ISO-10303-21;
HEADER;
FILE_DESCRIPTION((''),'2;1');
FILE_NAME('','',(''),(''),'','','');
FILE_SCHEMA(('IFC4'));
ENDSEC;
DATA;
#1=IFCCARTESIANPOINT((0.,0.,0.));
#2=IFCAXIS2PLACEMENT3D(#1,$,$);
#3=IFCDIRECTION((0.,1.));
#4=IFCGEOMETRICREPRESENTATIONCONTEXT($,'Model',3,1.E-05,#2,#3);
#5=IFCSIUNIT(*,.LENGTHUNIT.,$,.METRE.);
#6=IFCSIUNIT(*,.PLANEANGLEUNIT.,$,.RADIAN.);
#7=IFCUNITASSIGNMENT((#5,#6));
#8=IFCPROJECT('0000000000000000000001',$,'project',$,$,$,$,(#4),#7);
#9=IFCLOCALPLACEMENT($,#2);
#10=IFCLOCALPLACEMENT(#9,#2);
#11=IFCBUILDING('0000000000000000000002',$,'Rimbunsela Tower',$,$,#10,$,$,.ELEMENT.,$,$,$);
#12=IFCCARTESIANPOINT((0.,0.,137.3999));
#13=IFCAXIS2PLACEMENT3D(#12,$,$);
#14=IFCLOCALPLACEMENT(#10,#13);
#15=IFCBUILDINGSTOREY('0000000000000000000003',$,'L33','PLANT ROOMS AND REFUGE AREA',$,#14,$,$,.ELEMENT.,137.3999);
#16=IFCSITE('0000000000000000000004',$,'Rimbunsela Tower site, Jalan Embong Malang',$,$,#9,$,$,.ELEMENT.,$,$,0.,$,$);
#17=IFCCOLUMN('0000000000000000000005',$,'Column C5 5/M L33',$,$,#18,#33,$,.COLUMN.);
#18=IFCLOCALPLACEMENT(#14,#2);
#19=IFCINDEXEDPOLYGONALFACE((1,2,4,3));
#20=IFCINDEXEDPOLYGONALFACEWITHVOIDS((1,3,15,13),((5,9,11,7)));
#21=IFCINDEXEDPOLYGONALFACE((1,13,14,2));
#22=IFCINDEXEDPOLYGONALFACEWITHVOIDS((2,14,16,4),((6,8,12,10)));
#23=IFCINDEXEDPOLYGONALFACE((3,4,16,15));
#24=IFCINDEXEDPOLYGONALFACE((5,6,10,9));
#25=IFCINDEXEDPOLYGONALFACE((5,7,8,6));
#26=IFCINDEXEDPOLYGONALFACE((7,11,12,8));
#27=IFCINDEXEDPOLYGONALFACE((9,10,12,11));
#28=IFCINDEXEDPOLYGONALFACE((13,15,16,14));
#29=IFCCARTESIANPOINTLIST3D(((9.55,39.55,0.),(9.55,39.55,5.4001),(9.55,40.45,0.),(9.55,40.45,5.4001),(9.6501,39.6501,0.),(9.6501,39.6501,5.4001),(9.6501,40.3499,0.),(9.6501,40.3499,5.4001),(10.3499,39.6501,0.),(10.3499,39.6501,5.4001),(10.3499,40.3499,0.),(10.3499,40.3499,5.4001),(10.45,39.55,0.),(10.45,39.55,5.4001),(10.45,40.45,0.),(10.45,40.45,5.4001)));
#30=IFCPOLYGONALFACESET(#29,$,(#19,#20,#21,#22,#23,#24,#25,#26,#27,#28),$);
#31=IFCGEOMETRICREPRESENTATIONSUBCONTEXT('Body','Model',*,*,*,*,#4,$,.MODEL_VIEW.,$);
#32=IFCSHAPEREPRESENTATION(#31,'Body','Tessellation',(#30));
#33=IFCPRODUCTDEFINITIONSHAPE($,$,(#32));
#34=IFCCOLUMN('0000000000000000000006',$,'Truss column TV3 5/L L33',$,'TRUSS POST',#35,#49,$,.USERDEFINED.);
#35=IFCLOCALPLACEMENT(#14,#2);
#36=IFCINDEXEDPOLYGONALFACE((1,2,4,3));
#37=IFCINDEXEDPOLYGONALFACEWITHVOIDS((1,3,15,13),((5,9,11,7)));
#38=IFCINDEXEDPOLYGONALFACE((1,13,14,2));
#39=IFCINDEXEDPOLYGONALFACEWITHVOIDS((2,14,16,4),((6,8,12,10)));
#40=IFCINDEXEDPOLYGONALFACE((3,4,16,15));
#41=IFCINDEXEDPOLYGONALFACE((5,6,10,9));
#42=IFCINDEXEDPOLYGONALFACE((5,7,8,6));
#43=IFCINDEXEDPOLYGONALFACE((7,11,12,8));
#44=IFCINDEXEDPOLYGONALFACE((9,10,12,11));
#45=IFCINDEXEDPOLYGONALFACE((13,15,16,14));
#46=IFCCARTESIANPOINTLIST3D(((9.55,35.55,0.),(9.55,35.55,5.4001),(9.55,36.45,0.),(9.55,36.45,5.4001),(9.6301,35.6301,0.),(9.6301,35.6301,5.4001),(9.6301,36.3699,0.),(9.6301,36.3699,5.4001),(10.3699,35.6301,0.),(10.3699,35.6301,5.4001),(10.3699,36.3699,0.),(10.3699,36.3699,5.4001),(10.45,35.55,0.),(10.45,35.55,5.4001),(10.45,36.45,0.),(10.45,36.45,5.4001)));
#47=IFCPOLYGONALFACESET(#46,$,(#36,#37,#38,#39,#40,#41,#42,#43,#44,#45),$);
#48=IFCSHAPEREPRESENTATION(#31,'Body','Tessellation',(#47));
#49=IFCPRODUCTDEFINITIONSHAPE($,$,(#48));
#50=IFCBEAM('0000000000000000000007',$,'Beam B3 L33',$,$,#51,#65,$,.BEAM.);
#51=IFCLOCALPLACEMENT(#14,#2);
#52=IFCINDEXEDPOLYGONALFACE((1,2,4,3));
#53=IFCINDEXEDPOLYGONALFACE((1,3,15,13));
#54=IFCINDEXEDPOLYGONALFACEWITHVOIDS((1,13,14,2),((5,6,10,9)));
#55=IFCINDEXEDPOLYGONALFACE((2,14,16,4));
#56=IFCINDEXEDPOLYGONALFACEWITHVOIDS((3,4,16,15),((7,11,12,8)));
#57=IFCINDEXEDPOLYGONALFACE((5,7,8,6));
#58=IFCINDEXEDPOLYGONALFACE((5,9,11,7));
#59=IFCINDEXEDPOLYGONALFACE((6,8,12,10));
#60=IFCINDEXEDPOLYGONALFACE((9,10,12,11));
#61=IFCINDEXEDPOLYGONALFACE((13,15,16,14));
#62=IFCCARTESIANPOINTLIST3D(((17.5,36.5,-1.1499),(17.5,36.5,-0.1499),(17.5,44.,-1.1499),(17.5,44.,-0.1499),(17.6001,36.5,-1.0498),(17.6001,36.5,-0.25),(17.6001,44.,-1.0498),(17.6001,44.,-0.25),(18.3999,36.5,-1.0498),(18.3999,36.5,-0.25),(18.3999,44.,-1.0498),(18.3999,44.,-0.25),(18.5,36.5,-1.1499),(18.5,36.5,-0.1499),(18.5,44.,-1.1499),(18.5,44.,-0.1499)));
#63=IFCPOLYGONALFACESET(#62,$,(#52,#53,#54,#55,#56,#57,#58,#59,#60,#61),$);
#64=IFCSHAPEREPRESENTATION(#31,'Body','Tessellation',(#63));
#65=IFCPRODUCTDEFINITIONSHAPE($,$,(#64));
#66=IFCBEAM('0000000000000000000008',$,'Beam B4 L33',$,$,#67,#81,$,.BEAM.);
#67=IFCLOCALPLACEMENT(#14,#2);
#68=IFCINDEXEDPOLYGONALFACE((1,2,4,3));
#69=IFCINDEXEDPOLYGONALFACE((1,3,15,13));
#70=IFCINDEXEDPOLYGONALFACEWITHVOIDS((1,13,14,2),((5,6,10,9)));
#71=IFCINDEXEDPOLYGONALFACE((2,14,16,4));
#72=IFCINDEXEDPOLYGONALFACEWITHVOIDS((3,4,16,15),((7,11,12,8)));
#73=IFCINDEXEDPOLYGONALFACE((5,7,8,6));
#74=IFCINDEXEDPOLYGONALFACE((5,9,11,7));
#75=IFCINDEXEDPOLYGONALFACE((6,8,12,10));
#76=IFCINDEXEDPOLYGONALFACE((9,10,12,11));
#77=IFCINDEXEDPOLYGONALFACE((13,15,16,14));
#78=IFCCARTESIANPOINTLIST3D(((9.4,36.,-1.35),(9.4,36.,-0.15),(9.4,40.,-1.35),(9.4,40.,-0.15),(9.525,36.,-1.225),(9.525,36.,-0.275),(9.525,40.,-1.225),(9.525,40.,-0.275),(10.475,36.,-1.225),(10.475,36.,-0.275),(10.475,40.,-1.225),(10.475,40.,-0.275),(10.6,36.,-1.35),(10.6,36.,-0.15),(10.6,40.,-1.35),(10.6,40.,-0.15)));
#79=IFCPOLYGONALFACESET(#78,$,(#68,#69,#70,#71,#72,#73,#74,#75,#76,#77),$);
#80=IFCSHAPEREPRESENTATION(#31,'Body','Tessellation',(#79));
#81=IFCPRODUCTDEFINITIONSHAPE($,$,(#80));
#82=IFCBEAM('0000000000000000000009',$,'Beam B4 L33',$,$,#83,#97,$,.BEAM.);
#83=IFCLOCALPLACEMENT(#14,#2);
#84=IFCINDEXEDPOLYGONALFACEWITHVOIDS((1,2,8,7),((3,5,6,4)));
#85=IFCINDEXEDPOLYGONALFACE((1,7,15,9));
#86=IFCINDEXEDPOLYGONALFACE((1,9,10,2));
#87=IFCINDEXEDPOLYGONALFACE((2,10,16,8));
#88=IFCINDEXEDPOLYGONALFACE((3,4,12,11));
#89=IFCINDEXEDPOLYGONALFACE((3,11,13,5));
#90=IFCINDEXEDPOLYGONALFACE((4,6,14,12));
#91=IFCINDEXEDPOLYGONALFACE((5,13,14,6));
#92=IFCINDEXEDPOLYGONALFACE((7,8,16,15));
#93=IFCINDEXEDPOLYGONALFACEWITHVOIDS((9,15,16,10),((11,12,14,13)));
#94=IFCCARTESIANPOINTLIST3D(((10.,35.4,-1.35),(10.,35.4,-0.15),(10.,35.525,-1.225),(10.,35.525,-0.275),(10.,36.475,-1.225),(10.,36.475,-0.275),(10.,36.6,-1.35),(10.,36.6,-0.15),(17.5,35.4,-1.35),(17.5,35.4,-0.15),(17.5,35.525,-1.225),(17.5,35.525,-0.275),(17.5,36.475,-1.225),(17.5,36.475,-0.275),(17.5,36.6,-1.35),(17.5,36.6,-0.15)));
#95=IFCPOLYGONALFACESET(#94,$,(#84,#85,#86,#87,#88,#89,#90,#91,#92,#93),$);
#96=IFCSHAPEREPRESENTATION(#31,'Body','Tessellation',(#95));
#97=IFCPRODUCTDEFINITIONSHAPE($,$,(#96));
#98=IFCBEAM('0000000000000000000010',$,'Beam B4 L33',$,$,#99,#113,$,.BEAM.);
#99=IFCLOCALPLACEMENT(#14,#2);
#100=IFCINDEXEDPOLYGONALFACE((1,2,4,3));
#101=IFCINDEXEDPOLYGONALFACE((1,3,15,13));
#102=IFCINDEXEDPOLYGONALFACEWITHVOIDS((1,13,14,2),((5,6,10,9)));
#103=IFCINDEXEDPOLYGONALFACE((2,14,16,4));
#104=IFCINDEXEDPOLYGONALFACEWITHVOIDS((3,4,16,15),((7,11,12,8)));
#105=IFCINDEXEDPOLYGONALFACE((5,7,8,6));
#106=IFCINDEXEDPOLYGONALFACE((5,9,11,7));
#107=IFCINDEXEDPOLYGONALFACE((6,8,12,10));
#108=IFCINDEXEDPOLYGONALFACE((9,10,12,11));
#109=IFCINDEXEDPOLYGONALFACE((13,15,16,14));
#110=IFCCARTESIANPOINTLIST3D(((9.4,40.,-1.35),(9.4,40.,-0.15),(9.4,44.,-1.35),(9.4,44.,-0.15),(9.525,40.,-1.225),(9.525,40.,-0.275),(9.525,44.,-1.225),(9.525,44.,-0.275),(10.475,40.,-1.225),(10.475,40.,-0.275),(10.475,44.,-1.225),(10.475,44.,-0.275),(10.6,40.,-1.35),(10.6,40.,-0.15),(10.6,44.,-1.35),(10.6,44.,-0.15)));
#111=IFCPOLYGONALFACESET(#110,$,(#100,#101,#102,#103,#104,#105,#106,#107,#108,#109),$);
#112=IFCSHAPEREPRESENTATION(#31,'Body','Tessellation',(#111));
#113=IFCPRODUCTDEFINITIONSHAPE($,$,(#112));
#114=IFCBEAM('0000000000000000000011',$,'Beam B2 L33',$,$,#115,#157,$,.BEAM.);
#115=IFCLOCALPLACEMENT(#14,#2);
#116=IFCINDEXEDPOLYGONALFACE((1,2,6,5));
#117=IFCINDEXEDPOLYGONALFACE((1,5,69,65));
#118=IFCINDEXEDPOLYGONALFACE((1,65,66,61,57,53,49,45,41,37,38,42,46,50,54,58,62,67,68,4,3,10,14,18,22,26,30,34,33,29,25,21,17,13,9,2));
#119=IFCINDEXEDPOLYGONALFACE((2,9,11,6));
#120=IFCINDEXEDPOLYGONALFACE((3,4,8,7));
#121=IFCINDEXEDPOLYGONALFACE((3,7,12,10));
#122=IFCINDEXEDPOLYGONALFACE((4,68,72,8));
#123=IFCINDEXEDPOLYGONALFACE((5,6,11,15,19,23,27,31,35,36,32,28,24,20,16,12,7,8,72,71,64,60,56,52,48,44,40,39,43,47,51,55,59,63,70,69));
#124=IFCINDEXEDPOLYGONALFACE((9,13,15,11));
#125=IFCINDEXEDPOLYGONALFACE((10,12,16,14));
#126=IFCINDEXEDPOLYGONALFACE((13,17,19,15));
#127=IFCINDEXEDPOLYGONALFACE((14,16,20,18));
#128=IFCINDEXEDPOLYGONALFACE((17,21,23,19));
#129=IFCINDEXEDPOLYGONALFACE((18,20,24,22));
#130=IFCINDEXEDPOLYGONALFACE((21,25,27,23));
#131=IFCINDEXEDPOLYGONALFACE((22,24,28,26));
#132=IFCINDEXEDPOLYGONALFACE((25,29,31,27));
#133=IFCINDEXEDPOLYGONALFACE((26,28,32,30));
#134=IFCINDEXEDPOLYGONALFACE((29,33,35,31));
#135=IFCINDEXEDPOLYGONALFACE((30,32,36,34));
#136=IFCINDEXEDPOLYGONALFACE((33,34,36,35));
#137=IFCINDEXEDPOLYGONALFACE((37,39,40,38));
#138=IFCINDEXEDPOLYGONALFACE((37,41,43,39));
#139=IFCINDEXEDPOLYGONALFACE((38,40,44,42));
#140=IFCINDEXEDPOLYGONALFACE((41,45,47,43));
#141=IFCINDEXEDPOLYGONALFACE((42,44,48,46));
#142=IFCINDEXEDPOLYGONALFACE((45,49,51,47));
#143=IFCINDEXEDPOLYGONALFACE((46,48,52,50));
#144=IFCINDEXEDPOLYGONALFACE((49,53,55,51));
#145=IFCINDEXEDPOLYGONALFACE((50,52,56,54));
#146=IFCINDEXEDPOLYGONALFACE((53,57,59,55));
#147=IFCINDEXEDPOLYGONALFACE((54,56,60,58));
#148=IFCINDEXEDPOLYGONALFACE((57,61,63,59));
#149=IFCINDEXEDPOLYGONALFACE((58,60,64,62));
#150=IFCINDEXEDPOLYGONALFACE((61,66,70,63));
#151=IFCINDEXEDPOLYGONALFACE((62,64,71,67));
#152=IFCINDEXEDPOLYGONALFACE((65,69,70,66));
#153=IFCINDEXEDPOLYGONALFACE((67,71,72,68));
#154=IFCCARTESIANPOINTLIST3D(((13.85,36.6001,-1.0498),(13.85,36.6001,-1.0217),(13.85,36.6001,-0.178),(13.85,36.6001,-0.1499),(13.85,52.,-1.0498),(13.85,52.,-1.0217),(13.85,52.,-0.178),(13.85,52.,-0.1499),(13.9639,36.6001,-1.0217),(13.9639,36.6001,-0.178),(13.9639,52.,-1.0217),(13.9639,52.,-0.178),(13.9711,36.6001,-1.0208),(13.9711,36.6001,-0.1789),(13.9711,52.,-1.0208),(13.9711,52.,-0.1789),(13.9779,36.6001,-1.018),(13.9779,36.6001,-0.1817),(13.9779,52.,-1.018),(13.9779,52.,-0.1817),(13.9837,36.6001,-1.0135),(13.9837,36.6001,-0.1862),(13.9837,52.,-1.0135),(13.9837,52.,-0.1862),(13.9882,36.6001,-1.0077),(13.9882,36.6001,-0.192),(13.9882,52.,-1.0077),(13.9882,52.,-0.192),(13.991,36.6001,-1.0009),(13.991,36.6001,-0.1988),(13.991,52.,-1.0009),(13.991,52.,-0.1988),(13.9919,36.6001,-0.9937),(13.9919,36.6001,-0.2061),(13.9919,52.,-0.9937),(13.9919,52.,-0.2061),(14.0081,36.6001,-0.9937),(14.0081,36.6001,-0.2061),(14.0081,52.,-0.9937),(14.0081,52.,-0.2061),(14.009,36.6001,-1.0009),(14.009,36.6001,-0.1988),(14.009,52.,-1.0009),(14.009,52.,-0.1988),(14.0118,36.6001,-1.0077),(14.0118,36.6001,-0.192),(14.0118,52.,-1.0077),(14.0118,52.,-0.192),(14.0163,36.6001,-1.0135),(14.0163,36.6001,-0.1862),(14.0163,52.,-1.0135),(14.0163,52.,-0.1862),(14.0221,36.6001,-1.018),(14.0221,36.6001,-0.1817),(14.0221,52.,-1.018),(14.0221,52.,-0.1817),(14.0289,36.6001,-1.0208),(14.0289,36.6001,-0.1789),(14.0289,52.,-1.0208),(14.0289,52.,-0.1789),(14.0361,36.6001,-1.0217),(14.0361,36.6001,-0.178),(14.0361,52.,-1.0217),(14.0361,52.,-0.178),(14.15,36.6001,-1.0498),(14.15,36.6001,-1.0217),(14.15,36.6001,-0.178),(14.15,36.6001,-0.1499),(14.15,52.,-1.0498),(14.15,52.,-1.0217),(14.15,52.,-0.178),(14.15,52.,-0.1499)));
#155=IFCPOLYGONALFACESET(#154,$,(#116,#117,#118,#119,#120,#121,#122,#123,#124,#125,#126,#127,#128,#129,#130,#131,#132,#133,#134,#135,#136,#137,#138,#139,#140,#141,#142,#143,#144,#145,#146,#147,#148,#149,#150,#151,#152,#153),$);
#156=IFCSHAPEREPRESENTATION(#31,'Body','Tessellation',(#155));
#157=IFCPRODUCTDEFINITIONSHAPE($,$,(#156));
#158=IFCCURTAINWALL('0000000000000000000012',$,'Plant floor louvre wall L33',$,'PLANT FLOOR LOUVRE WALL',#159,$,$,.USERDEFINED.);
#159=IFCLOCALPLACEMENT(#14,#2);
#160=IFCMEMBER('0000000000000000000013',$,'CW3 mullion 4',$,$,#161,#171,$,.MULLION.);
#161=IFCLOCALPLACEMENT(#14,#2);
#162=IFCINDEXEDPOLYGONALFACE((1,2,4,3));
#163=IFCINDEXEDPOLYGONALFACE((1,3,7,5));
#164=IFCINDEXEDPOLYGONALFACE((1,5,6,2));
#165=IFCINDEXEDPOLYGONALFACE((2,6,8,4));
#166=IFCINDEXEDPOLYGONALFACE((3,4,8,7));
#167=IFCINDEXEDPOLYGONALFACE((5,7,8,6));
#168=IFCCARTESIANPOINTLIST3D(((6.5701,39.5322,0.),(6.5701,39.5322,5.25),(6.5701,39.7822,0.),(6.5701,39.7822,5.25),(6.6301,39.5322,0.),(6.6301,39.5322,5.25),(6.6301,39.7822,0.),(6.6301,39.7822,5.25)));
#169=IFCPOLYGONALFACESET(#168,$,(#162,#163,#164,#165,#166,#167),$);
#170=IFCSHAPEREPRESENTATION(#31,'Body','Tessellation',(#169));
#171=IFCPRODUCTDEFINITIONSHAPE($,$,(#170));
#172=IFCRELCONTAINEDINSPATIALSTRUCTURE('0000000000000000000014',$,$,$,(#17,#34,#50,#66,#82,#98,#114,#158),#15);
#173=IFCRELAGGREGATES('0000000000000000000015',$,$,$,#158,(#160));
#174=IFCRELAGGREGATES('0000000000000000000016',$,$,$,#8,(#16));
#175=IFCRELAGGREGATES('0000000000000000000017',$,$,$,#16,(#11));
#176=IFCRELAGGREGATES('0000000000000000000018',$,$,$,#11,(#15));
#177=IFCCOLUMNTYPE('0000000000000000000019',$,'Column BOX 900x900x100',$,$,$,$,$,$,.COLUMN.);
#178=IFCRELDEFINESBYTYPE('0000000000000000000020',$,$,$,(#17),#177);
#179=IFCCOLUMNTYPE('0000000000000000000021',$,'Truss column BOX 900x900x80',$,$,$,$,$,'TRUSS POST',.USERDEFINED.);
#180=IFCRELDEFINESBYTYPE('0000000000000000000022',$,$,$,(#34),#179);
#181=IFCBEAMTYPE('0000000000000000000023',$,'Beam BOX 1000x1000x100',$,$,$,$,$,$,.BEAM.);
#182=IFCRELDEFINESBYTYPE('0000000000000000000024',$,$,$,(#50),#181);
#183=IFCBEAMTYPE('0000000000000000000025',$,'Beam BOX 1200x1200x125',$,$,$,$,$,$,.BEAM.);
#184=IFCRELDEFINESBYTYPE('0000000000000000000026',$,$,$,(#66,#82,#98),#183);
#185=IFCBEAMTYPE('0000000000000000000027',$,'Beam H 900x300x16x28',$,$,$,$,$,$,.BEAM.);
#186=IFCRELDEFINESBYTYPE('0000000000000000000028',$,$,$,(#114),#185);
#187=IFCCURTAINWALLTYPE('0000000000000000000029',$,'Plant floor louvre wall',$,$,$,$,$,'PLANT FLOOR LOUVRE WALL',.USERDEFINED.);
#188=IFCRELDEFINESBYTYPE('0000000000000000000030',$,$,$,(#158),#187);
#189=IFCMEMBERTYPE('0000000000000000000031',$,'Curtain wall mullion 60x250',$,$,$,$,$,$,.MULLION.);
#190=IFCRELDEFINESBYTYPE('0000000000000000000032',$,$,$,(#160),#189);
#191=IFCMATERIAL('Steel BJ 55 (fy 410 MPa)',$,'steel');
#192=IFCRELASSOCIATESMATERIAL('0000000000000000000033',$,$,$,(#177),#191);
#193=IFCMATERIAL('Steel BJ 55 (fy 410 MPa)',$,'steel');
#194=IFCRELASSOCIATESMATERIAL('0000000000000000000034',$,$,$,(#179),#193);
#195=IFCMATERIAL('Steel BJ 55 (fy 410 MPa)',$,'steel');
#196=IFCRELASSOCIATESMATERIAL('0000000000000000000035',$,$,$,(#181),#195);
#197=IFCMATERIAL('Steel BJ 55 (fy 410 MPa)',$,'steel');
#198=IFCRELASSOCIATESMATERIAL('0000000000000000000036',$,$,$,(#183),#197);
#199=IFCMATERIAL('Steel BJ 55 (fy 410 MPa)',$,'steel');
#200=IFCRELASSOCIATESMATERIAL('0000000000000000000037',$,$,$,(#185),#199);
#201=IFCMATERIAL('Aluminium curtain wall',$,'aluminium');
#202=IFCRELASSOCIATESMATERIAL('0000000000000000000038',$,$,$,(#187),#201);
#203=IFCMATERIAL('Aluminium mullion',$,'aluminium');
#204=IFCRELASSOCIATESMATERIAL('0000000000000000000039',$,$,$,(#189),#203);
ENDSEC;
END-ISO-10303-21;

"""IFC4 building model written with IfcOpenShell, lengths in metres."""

from ifc_helpers import new_model, si_unit, direction, frame, origin, origin_2d, place, context, subcontext, project, spatial, rectangle, hollow_rectangle, i_section, extrude, material, material_profile, profile_set, type_object, element, aggregate, save


model = new_model("IFC4")

# Units and contexts
model_context = context("Model", 3, precision=1e-05, world=origin(), true_north=direction((0.0, 1.0)))
body_context = subcontext(model_context, "Body", "Model", "MODEL_VIEW")
ifc_project = project(units=[si_unit("LENGTHUNIT", "METRE"), si_unit("PLANEANGLEUNIT", "RADIAN")], contexts=[model_context])

# Site, building, storey
site_placement = place(None, origin())
site = spatial("IfcSite", under=ifc_project, at=site_placement, Name="Rimbunsela Tower site, Jalan Embong Malang", CompositionType="ELEMENT", RefElevation=0.0)
building_placement = place(site_placement, origin())
building = spatial("IfcBuilding", under=site, at=building_placement, Name="Rimbunsela Tower", CompositionType="ELEMENT")
storey_placement = place(building_placement, frame((0.0, 0.0, 137.3999)))
storey = spatial("IfcBuildingStorey", under=building, at=storey_placement, Name="L33", Description="PLANT ROOMS AND REFUGE AREA", CompositionType="ELEMENT", Elevation=137.3999)

# Columns
ifc_material_1 = material(Name="Steel BJ 55 (fy 410 MPa)", Category="steel")
ifc_material_profile_1 = material_profile(ifc_material_1, hollow_rectangle(XDim=0.8999, YDim=0.8999, WallThickness=0.1001, at=origin_2d()), Name="BOX 900x900x100")
ifc_profile_set_1 = profile_set([ifc_material_profile_1], Name="Steel BJ 55 (fy 410 MPa)")
column_type_1 = type_object("IfcColumnType", Name="Column BOX 900x900x100", PredefinedType="COLUMN", material=ifc_profile_set_1)
column_1_placement = place(storey_placement, frame((10.0, 40.0, 0.0), z_axis=(0.0, 0.0, 1.0), x_axis=(1.0, 0.0, 0.0)))
element("IfcColumn", 1, at=column_1_placement, inside=storey, type_object=column_type_1, Name="Column C5 5/M L33", PredefinedType="COLUMN", context=body_context, shape_type="SweptSolid", body=[
    extrude(hollow_rectangle(XDim=0.8999, YDim=0.8999, WallThickness=0.1001, at=origin_2d()), origin(), (0.0, 0.0, 1.0), 5.4001),
])
ifc_material_2 = material(Name="Steel BJ 55 (fy 410 MPa)", Category="steel")
ifc_material_profile_2 = material_profile(ifc_material_2, hollow_rectangle(XDim=0.8999, YDim=0.8999, WallThickness=0.0801, at=origin_2d()), Name="BOX 900x900x80")
ifc_profile_set_2 = profile_set([ifc_material_profile_2], Name="Steel BJ 55 (fy 410 MPa)")
column_type_2 = type_object("IfcColumnType", Name="Truss column BOX 900x900x80", ElementType="TRUSS POST", PredefinedType="USERDEFINED", material=ifc_profile_set_2)
column_2_placement = place(storey_placement, frame((10.0, 36.0, 0.0), z_axis=(0.0, 0.0, 1.0), x_axis=(1.0, 0.0, 0.0)))
element("IfcColumn", 2, at=column_2_placement, inside=storey, type_object=column_type_2, Name="Truss column TV3 5/L L33", ObjectType="TRUSS POST", PredefinedType="USERDEFINED", context=body_context, shape_type="SweptSolid", body=[
    extrude(hollow_rectangle(XDim=0.8999, YDim=0.8999, WallThickness=0.0801, at=origin_2d()), origin(), (0.0, 0.0, 1.0), 5.4001),
])

# Beams
ifc_material_3 = material(Name="Steel BJ 55 (fy 410 MPa)", Category="steel")
ifc_material_profile_3 = material_profile(ifc_material_3, hollow_rectangle(XDim=1.0, YDim=1.0, WallThickness=0.1001, at=origin_2d()), Name="BOX 1000x1000x100")
ifc_profile_set_3 = profile_set([ifc_material_profile_3], Name="Steel BJ 55 (fy 410 MPa)")
beam_type_1 = type_object("IfcBeamType", Name="Beam BOX 1000x1000x100", PredefinedType="BEAM", material=ifc_profile_set_3)
beam_1_placement = place(storey_placement, frame((18.0, 36.5, -0.6499), z_axis=(0.0, 1.0, 0.0), x_axis=(-1.0, 0.0, 0.0)))
element("IfcBeam", 3, at=beam_1_placement, inside=storey, type_object=beam_type_1, Name="Beam B3 L33", PredefinedType="BEAM", context=body_context, shape_type="SweptSolid", body=[
    extrude(hollow_rectangle(XDim=1.0, YDim=1.0, WallThickness=0.1001, at=origin_2d()), origin(), (0.0, 0.0, 1.0), 7.5),
])
ifc_material_4 = material(Name="Steel BJ 55 (fy 410 MPa)", Category="steel")
ifc_material_profile_4 = material_profile(ifc_material_4, hollow_rectangle(XDim=1.2, YDim=1.2, WallThickness=0.125, at=origin_2d()), Name="BOX 1200x1200x125")
ifc_profile_set_4 = profile_set([ifc_material_profile_4], Name="Steel BJ 55 (fy 410 MPa)")
beam_type_2 = type_object("IfcBeamType", Name="Beam BOX 1200x1200x125", PredefinedType="BEAM", material=ifc_profile_set_4)
beam_2_placement = place(storey_placement, frame((10.0, 36.0, -0.75), z_axis=(0.0, 1.0, 0.0), x_axis=(-1.0, 0.0, 0.0)))
element("IfcBeam", 4, at=beam_2_placement, inside=storey, type_object=beam_type_2, Name="Beam B4 L33", PredefinedType="BEAM", context=body_context, shape_type="SweptSolid", body=[
    extrude(hollow_rectangle(XDim=1.2, YDim=1.2, WallThickness=0.125, at=origin_2d()), origin(), (0.0, 0.0, 1.0), 4.0),
])
beam_3_placement = place(storey_placement, frame((10.0, 36.0, -0.75), z_axis=(1.0, 0.0, 0.0), x_axis=(0.0, 1.0, 0.0)))
element("IfcBeam", 5, at=beam_3_placement, inside=storey, type_object=beam_type_2, Name="Beam B4 L33", PredefinedType="BEAM", context=body_context, shape_type="SweptSolid", body=[
    extrude(hollow_rectangle(XDim=1.2, YDim=1.2, WallThickness=0.125, at=origin_2d()), origin(), (0.0, 0.0, 1.0), 7.5),
])
beam_4_placement = place(storey_placement, frame((10.0, 40.0, -0.75), z_axis=(0.0, 1.0, 0.0), x_axis=(-1.0, 0.0, 0.0)))
element("IfcBeam", 6, at=beam_4_placement, inside=storey, type_object=beam_type_2, Name="Beam B4 L33", PredefinedType="BEAM", context=body_context, shape_type="SweptSolid", body=[
    extrude(hollow_rectangle(XDim=1.2, YDim=1.2, WallThickness=0.125, at=origin_2d()), origin(), (0.0, 0.0, 1.0), 4.0),
])
ifc_material_5 = material(Name="Steel BJ 55 (fy 410 MPa)", Category="steel")
ifc_material_profile_5 = material_profile(ifc_material_5, i_section(OverallWidth=0.3, OverallDepth=0.8999, WebThickness=0.0161, FlangeThickness=0.0281, FilletRadius=0.0281, at=origin_2d()), Name="H 900x300x16x28")
ifc_profile_set_5 = profile_set([ifc_material_profile_5], Name="Steel BJ 55 (fy 410 MPa)")
beam_type_3 = type_object("IfcBeamType", Name="Beam H 900x300x16x28", PredefinedType="BEAM", material=ifc_profile_set_5)
beam_5_placement = place(storey_placement, frame((14.0, 36.6001, -0.5999), z_axis=(0.0, 1.0, 0.0), x_axis=(-1.0, 0.0, 0.0)))
element("IfcBeam", 7, at=beam_5_placement, inside=storey, type_object=beam_type_3, Name="Beam B2 L33", PredefinedType="BEAM", context=body_context, shape_type="SweptSolid", body=[
    extrude(i_section(OverallWidth=0.3, OverallDepth=0.8999, WebThickness=0.0161, FlangeThickness=0.0281, FilletRadius=0.0281, at=origin_2d()), origin(), (0.0, 0.0, 1.0), 15.3999),
])

# Curtain wall, member
ifc_material_6 = material(Name="Aluminium curtain wall", Category="aluminium")
curtain_wall_type = type_object("IfcCurtainWallType", Name="Plant floor louvre wall", ElementType="PLANT FLOOR LOUVRE WALL", PredefinedType="USERDEFINED", material=ifc_material_6)
curtain_wall_placement = place(storey_placement, origin())
curtain_wall = element("IfcCurtainWall", 8, at=curtain_wall_placement, inside=storey, type_object=curtain_wall_type, Name="Plant floor louvre wall L33", ObjectType="PLANT FLOOR LOUVRE WALL", PredefinedType="USERDEFINED")
ifc_material_7 = material(Name="Aluminium mullion", Category="aluminium")
ifc_material_profile_6 = material_profile(ifc_material_7, rectangle(XDim=0.0601, YDim=0.25, at=origin_2d()), Name="Mullion 60x250")
ifc_profile_set_6 = profile_set([ifc_material_profile_6], Name="Aluminium mullion")
member_type_1 = type_object("IfcMemberType", Name="Curtain wall mullion 60x250", PredefinedType="MULLION", material=ifc_profile_set_6)
member_1_placement = place(storey_placement, frame((6.6001, 39.6572, 0.0), z_axis=(0.0, 0.0, 1.0), x_axis=(1.0, 0.0, 0.0)))
member_1 = element("IfcMember", 9, at=member_1_placement, type_object=member_type_1, Name="CW3 mullion 4", PredefinedType="MULLION", context=body_context, shape_type="SweptSolid", body=[
    extrude(rectangle(XDim=0.0601, YDim=0.25, at=origin_2d()), origin(), (0.0, 0.0, 1.0), 5.25),
])

aggregate(curtain_wall, [member_1])

save(model, "model.ifc")
